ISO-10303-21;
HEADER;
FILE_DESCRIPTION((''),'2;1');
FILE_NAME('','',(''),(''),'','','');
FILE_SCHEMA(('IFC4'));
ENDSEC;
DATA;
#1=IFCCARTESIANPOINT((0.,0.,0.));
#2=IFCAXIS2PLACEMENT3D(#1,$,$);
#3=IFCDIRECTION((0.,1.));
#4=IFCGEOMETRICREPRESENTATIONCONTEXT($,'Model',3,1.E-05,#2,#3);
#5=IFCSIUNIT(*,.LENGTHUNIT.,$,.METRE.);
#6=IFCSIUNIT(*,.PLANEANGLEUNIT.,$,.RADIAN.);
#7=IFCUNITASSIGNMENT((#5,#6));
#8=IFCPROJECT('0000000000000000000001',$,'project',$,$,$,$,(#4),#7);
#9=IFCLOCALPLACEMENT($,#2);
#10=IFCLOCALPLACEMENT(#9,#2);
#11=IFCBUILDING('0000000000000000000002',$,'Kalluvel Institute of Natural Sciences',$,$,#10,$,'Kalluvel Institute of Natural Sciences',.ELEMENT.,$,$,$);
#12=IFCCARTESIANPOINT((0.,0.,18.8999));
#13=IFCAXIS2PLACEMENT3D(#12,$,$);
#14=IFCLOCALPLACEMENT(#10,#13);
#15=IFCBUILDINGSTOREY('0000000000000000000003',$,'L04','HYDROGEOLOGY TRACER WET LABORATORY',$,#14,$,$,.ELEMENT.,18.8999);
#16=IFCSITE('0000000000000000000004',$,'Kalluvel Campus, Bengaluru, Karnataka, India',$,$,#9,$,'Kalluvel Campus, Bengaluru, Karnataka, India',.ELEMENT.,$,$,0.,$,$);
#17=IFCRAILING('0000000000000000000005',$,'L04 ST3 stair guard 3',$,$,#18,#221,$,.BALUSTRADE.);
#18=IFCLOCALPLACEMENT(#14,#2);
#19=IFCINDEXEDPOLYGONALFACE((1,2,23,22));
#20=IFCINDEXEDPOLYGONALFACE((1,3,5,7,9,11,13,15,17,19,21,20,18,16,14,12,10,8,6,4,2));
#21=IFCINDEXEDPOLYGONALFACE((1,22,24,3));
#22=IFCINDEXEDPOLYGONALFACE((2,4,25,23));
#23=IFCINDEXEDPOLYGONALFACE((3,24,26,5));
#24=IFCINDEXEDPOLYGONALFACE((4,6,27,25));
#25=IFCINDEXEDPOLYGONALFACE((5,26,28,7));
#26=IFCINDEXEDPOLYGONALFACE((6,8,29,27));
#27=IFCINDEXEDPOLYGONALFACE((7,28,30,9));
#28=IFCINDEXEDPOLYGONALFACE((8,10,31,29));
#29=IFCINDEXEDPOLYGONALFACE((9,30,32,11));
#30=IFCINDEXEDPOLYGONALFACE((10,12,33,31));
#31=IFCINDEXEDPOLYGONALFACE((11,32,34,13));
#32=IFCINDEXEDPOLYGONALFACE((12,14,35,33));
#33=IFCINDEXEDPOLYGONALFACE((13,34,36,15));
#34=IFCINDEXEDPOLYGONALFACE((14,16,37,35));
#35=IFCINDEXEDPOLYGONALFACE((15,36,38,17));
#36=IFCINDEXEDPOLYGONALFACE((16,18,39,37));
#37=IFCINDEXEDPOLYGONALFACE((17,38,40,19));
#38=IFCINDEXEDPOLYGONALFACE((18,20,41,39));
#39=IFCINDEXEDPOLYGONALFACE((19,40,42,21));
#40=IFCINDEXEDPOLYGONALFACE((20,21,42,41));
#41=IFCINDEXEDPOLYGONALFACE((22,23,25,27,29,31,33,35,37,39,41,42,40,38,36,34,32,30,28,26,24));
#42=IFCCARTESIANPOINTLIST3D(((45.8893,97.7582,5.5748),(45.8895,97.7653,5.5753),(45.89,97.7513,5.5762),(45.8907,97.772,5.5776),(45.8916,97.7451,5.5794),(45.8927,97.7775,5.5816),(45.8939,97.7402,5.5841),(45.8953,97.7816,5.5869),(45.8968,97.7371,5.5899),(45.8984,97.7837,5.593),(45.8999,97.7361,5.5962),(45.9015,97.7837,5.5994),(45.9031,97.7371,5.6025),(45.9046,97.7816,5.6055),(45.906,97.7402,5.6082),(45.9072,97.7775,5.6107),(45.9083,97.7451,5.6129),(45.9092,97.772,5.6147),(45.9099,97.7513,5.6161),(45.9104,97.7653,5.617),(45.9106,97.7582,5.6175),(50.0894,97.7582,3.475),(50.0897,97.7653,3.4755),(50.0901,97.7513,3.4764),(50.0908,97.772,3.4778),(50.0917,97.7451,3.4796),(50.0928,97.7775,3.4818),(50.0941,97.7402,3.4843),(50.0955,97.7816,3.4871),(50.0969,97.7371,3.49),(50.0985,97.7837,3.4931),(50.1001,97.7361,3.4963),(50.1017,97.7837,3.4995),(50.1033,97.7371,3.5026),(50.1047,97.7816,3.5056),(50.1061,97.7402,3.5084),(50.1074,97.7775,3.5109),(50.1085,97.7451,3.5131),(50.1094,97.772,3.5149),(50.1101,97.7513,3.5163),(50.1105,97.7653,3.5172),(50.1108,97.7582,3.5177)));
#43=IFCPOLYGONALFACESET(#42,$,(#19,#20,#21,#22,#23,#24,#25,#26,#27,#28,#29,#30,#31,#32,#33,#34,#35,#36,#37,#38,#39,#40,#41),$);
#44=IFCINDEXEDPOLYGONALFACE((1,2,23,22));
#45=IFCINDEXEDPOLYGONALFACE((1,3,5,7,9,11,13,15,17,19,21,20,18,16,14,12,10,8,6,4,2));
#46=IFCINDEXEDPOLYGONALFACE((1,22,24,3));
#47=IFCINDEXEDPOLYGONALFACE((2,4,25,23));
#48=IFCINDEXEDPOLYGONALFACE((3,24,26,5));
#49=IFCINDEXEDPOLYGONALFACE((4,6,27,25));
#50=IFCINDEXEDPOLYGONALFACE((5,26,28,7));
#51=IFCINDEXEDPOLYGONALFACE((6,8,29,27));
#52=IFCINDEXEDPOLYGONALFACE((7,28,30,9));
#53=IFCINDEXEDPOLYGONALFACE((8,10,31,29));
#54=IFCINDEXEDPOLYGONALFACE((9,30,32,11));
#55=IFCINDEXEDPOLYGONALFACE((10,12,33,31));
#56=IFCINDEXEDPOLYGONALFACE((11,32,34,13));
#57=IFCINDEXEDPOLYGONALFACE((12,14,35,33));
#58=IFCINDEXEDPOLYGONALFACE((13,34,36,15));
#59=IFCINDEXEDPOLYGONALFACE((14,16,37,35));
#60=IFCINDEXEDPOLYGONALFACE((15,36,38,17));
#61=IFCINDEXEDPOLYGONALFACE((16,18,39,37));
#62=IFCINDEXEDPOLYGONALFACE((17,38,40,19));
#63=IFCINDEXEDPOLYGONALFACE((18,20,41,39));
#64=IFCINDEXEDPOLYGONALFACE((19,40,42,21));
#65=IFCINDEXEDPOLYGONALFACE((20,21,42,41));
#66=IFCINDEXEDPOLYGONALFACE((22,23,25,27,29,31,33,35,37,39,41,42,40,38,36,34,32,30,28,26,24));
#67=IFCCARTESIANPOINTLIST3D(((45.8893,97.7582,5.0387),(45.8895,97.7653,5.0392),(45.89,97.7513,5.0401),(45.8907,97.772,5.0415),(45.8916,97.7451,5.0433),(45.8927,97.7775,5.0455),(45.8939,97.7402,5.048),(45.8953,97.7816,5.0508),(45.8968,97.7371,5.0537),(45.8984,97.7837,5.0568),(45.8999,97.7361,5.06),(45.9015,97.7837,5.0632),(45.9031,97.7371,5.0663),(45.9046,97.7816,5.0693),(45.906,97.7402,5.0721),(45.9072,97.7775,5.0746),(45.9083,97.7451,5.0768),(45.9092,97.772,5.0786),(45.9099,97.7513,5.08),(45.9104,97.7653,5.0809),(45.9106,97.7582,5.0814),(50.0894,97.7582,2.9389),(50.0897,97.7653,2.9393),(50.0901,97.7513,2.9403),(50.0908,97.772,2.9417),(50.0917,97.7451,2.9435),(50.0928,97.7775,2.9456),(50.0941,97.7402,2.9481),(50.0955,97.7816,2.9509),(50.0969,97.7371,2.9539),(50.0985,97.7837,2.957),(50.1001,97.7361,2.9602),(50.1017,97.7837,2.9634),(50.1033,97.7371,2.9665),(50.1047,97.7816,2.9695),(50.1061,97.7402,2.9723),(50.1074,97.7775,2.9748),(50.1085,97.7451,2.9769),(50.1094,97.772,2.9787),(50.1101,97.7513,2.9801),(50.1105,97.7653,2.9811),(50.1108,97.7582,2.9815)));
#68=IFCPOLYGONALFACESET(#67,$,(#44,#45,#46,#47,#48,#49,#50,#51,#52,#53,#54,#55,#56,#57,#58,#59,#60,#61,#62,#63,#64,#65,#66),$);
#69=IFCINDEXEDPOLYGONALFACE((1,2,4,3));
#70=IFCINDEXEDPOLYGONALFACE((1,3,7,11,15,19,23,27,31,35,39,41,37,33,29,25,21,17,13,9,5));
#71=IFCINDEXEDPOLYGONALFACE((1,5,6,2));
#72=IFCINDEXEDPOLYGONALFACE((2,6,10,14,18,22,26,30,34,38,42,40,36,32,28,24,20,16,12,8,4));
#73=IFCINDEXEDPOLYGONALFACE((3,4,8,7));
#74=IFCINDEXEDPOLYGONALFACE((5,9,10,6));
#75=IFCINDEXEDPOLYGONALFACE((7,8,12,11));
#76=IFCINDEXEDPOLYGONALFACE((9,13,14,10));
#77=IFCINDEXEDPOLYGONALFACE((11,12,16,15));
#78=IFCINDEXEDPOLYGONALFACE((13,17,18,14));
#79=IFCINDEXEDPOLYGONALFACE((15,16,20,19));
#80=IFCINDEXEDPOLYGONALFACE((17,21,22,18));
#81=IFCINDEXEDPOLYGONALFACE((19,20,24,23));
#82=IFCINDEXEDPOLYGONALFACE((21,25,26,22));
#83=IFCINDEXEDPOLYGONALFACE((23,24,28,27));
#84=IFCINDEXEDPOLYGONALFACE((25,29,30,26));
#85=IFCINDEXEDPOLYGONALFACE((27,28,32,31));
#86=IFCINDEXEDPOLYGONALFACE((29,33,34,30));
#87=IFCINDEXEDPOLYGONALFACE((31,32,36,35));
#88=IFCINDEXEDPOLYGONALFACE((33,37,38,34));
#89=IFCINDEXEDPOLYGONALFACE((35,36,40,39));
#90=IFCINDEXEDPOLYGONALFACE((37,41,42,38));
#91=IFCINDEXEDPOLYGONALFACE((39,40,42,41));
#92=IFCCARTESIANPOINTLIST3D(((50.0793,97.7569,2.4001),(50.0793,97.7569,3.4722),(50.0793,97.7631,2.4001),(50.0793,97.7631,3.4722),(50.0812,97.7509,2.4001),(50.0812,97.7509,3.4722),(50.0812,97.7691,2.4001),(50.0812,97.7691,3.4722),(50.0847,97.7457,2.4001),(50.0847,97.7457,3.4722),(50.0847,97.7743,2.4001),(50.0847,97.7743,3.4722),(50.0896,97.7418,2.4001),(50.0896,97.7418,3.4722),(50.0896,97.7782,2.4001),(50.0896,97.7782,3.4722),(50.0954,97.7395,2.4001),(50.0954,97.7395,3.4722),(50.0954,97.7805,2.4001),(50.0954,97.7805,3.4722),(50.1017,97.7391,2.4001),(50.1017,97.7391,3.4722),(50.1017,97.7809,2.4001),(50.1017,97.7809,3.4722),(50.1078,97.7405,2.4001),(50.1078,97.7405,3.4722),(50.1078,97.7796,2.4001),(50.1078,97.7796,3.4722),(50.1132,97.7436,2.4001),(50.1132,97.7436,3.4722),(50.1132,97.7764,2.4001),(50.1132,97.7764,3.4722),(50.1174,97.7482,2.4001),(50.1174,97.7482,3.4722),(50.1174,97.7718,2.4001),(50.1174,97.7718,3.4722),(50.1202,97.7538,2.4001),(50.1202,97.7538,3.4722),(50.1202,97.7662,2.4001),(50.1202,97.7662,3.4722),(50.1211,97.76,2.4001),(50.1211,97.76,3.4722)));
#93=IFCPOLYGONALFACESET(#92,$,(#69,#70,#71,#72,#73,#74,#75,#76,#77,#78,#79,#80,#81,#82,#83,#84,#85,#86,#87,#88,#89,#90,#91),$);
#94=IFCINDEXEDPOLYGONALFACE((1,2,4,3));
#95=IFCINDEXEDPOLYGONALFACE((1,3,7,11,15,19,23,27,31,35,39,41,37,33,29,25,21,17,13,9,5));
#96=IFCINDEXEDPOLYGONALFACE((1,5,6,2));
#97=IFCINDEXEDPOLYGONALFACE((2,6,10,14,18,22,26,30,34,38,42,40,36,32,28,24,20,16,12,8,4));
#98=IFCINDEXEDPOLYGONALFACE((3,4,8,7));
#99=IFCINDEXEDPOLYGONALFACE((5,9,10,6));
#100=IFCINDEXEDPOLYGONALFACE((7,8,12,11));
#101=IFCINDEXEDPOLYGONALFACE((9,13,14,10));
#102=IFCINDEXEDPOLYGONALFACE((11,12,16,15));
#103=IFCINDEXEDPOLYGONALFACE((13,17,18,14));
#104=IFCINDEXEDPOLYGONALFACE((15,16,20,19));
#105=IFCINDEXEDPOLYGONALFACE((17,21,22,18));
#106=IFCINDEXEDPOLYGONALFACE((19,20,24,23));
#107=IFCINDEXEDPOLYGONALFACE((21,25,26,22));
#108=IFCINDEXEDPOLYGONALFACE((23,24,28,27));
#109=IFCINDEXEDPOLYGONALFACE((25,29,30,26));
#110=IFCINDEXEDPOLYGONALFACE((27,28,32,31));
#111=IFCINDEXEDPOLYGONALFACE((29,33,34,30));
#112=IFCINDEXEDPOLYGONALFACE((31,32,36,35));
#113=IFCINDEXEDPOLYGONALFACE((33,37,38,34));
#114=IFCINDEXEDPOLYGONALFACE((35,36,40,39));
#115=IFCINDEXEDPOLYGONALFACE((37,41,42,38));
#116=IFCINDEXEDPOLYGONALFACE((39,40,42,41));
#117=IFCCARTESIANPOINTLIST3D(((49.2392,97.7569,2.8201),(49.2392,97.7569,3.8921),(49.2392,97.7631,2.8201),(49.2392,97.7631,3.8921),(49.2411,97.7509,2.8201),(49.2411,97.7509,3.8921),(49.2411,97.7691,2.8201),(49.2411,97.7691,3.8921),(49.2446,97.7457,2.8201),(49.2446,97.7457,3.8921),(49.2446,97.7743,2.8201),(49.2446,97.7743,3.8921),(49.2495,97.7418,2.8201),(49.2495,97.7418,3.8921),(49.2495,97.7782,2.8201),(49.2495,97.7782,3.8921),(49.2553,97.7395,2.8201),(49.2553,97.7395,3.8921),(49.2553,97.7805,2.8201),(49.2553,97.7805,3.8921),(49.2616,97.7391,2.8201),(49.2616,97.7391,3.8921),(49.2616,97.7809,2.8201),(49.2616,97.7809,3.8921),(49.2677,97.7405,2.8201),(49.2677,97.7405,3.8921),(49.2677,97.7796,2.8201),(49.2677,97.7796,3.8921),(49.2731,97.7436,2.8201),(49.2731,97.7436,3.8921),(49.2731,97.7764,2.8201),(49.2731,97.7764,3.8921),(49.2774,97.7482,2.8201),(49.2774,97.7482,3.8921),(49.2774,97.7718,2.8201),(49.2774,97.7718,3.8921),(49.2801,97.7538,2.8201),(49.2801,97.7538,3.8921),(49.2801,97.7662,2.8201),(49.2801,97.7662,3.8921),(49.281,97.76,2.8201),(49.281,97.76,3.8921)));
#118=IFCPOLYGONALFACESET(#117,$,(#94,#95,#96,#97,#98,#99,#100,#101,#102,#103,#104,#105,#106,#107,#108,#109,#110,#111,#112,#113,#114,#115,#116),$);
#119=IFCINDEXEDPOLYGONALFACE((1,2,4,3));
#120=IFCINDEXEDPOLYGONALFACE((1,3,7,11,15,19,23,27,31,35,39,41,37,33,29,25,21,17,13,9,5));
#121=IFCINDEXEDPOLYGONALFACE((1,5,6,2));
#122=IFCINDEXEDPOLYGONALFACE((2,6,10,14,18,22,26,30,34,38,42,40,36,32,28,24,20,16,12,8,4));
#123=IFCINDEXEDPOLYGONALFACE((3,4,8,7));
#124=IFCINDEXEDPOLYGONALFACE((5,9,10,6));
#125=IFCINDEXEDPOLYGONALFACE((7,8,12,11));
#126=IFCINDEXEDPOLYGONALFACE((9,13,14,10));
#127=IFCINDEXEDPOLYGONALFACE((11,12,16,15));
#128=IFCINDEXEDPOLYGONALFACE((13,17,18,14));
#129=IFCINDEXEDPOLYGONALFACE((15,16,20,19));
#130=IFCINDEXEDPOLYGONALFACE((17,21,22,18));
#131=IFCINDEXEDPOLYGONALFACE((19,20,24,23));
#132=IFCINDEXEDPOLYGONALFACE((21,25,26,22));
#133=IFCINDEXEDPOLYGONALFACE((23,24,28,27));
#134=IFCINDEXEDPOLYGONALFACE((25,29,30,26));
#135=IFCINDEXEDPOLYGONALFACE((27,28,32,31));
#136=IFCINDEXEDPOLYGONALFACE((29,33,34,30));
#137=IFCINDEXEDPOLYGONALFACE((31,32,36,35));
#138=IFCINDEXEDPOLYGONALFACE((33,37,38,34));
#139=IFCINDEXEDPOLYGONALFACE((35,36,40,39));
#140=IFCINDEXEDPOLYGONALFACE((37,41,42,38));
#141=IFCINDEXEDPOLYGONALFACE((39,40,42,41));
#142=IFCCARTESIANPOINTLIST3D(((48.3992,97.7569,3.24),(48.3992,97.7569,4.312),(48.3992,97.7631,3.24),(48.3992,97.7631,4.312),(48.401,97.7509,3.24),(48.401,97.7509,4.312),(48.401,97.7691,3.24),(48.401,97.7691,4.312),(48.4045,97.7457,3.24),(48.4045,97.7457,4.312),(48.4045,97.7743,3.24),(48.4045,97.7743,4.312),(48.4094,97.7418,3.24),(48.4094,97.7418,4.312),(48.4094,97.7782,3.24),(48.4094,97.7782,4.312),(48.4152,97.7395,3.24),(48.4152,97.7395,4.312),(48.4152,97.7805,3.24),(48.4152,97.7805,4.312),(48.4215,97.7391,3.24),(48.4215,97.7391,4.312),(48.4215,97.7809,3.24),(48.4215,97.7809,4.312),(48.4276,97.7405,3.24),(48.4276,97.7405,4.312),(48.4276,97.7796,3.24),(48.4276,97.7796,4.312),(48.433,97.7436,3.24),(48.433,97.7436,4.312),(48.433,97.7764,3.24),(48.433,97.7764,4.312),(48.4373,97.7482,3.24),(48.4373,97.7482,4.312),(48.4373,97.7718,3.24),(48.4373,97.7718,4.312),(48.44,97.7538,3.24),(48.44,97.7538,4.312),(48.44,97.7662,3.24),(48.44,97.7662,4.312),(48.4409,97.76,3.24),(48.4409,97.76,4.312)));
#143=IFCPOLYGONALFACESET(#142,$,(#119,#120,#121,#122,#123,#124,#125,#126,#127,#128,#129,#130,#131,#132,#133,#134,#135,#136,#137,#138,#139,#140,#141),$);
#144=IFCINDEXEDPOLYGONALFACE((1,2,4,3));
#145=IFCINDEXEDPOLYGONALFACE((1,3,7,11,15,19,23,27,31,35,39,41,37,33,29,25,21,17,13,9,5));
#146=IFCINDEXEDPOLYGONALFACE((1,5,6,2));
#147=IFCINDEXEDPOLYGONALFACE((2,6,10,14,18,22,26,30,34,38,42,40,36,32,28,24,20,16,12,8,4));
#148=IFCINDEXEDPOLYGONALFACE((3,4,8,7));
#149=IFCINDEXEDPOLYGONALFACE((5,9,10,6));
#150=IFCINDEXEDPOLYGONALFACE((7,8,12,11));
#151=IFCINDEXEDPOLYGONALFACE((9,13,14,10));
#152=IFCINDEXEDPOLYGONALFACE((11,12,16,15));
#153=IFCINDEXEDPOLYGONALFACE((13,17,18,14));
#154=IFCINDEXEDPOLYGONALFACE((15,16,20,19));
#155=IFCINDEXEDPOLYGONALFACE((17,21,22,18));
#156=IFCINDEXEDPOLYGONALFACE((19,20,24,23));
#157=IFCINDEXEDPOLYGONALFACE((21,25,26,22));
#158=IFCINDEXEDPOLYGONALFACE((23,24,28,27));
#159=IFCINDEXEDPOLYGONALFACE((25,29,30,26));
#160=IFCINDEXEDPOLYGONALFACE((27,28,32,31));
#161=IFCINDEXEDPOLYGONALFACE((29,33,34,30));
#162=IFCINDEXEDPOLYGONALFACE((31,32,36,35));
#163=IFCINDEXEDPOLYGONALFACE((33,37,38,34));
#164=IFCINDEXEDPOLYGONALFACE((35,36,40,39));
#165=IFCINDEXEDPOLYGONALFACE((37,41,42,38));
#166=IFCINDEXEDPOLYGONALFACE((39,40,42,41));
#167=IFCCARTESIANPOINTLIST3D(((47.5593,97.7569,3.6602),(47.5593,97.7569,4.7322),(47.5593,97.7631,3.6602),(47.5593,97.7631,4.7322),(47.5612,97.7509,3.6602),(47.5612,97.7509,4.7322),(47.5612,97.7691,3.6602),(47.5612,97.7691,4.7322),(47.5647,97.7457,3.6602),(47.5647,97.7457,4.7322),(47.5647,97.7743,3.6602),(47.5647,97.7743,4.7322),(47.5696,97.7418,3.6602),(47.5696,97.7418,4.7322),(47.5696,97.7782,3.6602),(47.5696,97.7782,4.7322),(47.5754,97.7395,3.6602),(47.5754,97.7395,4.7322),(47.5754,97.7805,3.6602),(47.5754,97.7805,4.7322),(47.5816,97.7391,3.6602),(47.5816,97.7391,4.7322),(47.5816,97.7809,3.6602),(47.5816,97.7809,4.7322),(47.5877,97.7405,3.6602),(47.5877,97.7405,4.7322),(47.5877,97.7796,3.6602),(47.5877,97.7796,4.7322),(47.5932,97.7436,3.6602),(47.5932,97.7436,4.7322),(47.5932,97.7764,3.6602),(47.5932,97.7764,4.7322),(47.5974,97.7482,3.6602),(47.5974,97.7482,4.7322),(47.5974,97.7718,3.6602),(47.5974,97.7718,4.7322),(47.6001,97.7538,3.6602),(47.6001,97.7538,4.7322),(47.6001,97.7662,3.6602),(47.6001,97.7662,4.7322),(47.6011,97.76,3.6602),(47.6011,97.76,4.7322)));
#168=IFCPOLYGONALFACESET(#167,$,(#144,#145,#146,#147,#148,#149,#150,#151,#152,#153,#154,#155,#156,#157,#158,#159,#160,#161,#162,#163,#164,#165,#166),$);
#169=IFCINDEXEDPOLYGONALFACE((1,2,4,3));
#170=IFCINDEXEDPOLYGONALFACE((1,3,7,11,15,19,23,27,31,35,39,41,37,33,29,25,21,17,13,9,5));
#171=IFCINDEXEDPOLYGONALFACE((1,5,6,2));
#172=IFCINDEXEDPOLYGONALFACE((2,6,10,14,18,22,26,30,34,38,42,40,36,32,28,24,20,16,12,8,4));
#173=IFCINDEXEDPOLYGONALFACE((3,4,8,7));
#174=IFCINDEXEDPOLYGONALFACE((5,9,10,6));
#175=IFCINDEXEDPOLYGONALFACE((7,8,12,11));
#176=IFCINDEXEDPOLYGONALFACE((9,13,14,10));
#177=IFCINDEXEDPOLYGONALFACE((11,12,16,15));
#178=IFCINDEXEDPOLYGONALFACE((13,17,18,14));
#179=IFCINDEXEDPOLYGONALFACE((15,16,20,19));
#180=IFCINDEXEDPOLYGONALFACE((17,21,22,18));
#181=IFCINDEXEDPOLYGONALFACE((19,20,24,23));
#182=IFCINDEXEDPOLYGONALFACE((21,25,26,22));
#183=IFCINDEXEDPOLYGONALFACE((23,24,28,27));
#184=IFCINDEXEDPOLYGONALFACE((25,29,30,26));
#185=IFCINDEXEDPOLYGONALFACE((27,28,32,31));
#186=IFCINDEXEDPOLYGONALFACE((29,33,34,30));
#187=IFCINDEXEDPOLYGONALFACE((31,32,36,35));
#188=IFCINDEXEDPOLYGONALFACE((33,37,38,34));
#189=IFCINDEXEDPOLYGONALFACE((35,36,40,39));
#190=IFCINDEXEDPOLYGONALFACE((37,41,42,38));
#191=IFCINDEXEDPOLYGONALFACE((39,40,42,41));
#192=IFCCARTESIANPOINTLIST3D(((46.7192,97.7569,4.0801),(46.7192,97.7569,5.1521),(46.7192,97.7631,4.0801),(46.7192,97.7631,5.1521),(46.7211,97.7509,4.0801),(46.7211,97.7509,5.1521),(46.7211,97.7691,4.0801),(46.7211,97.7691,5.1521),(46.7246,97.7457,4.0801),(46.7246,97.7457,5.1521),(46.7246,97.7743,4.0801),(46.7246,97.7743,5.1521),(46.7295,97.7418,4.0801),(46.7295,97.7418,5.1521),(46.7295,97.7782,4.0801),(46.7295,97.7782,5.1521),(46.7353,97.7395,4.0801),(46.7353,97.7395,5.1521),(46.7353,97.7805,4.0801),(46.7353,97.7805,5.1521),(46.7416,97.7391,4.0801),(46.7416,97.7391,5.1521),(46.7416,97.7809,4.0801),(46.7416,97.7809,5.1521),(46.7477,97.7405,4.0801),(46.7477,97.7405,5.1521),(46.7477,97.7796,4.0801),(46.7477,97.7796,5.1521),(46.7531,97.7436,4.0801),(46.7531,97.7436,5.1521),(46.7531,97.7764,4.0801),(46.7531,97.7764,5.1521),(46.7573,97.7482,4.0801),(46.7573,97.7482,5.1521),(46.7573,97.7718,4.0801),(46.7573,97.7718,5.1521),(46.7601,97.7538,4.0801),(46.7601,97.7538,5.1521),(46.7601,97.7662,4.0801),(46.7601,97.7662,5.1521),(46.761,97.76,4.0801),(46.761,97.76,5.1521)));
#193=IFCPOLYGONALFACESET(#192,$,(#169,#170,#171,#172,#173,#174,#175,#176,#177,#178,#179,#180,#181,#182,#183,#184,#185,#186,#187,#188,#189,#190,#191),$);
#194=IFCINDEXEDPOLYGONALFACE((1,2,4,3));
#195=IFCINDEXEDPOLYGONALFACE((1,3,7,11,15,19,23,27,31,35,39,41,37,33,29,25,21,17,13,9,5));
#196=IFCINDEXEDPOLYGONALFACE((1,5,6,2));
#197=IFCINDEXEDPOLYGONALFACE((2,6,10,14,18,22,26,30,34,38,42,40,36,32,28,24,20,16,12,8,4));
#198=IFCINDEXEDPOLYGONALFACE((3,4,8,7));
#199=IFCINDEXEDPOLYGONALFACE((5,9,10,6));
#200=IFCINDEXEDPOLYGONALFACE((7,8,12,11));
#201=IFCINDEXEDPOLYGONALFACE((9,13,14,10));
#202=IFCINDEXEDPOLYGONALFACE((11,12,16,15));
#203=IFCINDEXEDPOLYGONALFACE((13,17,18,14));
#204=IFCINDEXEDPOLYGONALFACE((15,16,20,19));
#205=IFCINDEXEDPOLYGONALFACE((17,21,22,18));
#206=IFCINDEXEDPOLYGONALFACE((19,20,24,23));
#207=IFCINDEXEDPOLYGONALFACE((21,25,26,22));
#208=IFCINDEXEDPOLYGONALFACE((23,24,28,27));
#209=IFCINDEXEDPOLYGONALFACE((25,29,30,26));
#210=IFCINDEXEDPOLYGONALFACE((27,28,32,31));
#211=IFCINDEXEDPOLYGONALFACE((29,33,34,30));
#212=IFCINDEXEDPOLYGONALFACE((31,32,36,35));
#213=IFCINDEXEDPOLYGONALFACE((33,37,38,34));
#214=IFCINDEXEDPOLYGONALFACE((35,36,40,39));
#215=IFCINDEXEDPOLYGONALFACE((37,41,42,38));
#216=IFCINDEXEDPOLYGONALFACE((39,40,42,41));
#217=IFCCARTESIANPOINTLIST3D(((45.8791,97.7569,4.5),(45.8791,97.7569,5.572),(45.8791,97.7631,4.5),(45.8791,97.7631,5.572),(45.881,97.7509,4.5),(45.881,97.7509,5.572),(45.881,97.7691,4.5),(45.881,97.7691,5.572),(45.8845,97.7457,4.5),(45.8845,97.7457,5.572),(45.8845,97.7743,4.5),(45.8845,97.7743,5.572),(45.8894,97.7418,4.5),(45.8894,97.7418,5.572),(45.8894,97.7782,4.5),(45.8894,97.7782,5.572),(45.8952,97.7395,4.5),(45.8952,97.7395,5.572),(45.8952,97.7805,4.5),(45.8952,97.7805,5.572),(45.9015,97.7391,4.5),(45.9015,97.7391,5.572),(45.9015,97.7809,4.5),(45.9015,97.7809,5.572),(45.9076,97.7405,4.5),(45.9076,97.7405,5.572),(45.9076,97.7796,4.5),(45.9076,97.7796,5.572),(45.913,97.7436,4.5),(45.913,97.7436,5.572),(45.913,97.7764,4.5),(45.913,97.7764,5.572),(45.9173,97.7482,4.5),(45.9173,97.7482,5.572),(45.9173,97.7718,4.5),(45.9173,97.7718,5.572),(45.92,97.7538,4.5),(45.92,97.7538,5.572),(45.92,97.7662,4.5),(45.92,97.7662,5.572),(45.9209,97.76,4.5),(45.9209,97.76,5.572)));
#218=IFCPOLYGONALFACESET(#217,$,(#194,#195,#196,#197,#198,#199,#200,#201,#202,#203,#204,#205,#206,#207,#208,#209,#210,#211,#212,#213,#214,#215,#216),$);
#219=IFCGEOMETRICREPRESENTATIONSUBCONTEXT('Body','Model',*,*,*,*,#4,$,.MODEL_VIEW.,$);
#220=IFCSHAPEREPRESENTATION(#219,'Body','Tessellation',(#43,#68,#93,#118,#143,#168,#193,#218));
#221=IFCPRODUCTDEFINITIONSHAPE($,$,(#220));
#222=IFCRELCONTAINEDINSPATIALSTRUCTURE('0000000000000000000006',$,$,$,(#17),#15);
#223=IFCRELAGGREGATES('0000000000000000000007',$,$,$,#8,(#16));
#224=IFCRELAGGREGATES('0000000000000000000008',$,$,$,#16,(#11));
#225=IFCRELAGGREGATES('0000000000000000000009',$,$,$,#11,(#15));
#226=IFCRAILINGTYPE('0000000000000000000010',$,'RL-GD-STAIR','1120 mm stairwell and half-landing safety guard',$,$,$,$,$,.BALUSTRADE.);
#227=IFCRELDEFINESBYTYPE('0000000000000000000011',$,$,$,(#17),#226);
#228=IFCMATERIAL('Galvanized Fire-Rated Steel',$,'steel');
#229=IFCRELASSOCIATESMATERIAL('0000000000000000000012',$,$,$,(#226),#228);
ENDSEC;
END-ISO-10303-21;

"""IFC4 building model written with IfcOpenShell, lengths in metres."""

from ifc_helpers import new_model, si_unit, direction, frame, origin, origin_2d, place, context, subcontext, project, spatial, circle, extrude, material, type_object, element, save


model = new_model("IFC4")

# Units and contexts
model_context = context("Model", 3, precision=1e-05, world=origin(), true_north=direction((0.0, 1.0)))
body_context = subcontext(model_context, "Body", "Model", "MODEL_VIEW")
ifc_project = project(units=[si_unit("LENGTHUNIT", "METRE"), si_unit("PLANEANGLEUNIT", "RADIAN")], contexts=[model_context])

# Site, building, storey
site_placement = place(None, origin())
site = spatial("IfcSite", under=ifc_project, at=site_placement, Name="Kalluvel Campus, Bengaluru, Karnataka, India", LongName="Kalluvel Campus, Bengaluru, Karnataka, India", CompositionType="ELEMENT", RefElevation=0.0)
building_placement = place(site_placement, origin())
building = spatial("IfcBuilding", under=site, at=building_placement, Name="Kalluvel Institute of Natural Sciences", LongName="Kalluvel Institute of Natural Sciences", CompositionType="ELEMENT")
storey_placement = place(building_placement, frame((0.0, 0.0, 18.8999)))
storey = spatial("IfcBuildingStorey", under=building, at=storey_placement, Name="L04", Description="HYDROGEOLOGY TRACER WET LABORATORY", CompositionType="ELEMENT", Elevation=18.8999)

# Railing
ifc_material_1 = material(Name="Galvanized Fire-Rated Steel", Category="steel")
railing_type_1 = type_object("IfcRailingType", Name="RL-GD-STAIR", Description="1120 mm stairwell and half-landing safety guard", PredefinedType="BALUSTRADE", material=ifc_material_1)
railing_1_placement = place(storey_placement, frame((50.1001, 97.76, 2.4001)))
element("IfcRailing", 1, at=railing_1_placement, inside=storey, type_object=railing_type_1, Name="L04 ST3 stair guard 3", PredefinedType="BALUSTRADE", context=body_context, shape_type="SweptSolid", body=[
    extrude(circle(Radius=0.0239, at=origin_2d()), frame((0.0, 0.0, 1.0962), z_axis=(-0.894448, 0.0, 0.447172), x_axis=(0.0, -1.0, 0.0)), (0.0, 0.0, 1.0), 4.6958),
    extrude(circle(Radius=0.0239, at=origin_2d()), frame((0.0, 0.0, 0.5601), z_axis=(-0.894448, 0.0, 0.447172), x_axis=(0.0, -1.0, 0.0)), (0.0, 0.0, 1.0), 4.6958),
    extrude(circle(Radius=0.021, at=origin_2d()), origin(), (0.0, 0.0, 1.0), 1.072),
    extrude(circle(Radius=0.021, at=origin_2d()), frame((-0.8401, 0.0, 0.4199)), (0.0, 0.0, 1.0), 1.072),
    extrude(circle(Radius=0.021, at=origin_2d()), frame((-1.6802, 0.0, 0.8398)), (0.0, 0.0, 1.0), 1.072),
    extrude(circle(Radius=0.021, at=origin_2d()), frame((-2.52, 0.0, 1.26)), (0.0, 0.0, 1.0), 1.072),
    extrude(circle(Radius=0.021, at=origin_2d()), frame((-3.3601, 0.0, 1.6799)), (0.0, 0.0, 1.0), 1.072),
    extrude(circle(Radius=0.021, at=origin_2d()), frame((-4.2002, 0.0, 2.0999)), (0.0, 0.0, 1.0), 1.072),
])

save(model, "model.ifc")
